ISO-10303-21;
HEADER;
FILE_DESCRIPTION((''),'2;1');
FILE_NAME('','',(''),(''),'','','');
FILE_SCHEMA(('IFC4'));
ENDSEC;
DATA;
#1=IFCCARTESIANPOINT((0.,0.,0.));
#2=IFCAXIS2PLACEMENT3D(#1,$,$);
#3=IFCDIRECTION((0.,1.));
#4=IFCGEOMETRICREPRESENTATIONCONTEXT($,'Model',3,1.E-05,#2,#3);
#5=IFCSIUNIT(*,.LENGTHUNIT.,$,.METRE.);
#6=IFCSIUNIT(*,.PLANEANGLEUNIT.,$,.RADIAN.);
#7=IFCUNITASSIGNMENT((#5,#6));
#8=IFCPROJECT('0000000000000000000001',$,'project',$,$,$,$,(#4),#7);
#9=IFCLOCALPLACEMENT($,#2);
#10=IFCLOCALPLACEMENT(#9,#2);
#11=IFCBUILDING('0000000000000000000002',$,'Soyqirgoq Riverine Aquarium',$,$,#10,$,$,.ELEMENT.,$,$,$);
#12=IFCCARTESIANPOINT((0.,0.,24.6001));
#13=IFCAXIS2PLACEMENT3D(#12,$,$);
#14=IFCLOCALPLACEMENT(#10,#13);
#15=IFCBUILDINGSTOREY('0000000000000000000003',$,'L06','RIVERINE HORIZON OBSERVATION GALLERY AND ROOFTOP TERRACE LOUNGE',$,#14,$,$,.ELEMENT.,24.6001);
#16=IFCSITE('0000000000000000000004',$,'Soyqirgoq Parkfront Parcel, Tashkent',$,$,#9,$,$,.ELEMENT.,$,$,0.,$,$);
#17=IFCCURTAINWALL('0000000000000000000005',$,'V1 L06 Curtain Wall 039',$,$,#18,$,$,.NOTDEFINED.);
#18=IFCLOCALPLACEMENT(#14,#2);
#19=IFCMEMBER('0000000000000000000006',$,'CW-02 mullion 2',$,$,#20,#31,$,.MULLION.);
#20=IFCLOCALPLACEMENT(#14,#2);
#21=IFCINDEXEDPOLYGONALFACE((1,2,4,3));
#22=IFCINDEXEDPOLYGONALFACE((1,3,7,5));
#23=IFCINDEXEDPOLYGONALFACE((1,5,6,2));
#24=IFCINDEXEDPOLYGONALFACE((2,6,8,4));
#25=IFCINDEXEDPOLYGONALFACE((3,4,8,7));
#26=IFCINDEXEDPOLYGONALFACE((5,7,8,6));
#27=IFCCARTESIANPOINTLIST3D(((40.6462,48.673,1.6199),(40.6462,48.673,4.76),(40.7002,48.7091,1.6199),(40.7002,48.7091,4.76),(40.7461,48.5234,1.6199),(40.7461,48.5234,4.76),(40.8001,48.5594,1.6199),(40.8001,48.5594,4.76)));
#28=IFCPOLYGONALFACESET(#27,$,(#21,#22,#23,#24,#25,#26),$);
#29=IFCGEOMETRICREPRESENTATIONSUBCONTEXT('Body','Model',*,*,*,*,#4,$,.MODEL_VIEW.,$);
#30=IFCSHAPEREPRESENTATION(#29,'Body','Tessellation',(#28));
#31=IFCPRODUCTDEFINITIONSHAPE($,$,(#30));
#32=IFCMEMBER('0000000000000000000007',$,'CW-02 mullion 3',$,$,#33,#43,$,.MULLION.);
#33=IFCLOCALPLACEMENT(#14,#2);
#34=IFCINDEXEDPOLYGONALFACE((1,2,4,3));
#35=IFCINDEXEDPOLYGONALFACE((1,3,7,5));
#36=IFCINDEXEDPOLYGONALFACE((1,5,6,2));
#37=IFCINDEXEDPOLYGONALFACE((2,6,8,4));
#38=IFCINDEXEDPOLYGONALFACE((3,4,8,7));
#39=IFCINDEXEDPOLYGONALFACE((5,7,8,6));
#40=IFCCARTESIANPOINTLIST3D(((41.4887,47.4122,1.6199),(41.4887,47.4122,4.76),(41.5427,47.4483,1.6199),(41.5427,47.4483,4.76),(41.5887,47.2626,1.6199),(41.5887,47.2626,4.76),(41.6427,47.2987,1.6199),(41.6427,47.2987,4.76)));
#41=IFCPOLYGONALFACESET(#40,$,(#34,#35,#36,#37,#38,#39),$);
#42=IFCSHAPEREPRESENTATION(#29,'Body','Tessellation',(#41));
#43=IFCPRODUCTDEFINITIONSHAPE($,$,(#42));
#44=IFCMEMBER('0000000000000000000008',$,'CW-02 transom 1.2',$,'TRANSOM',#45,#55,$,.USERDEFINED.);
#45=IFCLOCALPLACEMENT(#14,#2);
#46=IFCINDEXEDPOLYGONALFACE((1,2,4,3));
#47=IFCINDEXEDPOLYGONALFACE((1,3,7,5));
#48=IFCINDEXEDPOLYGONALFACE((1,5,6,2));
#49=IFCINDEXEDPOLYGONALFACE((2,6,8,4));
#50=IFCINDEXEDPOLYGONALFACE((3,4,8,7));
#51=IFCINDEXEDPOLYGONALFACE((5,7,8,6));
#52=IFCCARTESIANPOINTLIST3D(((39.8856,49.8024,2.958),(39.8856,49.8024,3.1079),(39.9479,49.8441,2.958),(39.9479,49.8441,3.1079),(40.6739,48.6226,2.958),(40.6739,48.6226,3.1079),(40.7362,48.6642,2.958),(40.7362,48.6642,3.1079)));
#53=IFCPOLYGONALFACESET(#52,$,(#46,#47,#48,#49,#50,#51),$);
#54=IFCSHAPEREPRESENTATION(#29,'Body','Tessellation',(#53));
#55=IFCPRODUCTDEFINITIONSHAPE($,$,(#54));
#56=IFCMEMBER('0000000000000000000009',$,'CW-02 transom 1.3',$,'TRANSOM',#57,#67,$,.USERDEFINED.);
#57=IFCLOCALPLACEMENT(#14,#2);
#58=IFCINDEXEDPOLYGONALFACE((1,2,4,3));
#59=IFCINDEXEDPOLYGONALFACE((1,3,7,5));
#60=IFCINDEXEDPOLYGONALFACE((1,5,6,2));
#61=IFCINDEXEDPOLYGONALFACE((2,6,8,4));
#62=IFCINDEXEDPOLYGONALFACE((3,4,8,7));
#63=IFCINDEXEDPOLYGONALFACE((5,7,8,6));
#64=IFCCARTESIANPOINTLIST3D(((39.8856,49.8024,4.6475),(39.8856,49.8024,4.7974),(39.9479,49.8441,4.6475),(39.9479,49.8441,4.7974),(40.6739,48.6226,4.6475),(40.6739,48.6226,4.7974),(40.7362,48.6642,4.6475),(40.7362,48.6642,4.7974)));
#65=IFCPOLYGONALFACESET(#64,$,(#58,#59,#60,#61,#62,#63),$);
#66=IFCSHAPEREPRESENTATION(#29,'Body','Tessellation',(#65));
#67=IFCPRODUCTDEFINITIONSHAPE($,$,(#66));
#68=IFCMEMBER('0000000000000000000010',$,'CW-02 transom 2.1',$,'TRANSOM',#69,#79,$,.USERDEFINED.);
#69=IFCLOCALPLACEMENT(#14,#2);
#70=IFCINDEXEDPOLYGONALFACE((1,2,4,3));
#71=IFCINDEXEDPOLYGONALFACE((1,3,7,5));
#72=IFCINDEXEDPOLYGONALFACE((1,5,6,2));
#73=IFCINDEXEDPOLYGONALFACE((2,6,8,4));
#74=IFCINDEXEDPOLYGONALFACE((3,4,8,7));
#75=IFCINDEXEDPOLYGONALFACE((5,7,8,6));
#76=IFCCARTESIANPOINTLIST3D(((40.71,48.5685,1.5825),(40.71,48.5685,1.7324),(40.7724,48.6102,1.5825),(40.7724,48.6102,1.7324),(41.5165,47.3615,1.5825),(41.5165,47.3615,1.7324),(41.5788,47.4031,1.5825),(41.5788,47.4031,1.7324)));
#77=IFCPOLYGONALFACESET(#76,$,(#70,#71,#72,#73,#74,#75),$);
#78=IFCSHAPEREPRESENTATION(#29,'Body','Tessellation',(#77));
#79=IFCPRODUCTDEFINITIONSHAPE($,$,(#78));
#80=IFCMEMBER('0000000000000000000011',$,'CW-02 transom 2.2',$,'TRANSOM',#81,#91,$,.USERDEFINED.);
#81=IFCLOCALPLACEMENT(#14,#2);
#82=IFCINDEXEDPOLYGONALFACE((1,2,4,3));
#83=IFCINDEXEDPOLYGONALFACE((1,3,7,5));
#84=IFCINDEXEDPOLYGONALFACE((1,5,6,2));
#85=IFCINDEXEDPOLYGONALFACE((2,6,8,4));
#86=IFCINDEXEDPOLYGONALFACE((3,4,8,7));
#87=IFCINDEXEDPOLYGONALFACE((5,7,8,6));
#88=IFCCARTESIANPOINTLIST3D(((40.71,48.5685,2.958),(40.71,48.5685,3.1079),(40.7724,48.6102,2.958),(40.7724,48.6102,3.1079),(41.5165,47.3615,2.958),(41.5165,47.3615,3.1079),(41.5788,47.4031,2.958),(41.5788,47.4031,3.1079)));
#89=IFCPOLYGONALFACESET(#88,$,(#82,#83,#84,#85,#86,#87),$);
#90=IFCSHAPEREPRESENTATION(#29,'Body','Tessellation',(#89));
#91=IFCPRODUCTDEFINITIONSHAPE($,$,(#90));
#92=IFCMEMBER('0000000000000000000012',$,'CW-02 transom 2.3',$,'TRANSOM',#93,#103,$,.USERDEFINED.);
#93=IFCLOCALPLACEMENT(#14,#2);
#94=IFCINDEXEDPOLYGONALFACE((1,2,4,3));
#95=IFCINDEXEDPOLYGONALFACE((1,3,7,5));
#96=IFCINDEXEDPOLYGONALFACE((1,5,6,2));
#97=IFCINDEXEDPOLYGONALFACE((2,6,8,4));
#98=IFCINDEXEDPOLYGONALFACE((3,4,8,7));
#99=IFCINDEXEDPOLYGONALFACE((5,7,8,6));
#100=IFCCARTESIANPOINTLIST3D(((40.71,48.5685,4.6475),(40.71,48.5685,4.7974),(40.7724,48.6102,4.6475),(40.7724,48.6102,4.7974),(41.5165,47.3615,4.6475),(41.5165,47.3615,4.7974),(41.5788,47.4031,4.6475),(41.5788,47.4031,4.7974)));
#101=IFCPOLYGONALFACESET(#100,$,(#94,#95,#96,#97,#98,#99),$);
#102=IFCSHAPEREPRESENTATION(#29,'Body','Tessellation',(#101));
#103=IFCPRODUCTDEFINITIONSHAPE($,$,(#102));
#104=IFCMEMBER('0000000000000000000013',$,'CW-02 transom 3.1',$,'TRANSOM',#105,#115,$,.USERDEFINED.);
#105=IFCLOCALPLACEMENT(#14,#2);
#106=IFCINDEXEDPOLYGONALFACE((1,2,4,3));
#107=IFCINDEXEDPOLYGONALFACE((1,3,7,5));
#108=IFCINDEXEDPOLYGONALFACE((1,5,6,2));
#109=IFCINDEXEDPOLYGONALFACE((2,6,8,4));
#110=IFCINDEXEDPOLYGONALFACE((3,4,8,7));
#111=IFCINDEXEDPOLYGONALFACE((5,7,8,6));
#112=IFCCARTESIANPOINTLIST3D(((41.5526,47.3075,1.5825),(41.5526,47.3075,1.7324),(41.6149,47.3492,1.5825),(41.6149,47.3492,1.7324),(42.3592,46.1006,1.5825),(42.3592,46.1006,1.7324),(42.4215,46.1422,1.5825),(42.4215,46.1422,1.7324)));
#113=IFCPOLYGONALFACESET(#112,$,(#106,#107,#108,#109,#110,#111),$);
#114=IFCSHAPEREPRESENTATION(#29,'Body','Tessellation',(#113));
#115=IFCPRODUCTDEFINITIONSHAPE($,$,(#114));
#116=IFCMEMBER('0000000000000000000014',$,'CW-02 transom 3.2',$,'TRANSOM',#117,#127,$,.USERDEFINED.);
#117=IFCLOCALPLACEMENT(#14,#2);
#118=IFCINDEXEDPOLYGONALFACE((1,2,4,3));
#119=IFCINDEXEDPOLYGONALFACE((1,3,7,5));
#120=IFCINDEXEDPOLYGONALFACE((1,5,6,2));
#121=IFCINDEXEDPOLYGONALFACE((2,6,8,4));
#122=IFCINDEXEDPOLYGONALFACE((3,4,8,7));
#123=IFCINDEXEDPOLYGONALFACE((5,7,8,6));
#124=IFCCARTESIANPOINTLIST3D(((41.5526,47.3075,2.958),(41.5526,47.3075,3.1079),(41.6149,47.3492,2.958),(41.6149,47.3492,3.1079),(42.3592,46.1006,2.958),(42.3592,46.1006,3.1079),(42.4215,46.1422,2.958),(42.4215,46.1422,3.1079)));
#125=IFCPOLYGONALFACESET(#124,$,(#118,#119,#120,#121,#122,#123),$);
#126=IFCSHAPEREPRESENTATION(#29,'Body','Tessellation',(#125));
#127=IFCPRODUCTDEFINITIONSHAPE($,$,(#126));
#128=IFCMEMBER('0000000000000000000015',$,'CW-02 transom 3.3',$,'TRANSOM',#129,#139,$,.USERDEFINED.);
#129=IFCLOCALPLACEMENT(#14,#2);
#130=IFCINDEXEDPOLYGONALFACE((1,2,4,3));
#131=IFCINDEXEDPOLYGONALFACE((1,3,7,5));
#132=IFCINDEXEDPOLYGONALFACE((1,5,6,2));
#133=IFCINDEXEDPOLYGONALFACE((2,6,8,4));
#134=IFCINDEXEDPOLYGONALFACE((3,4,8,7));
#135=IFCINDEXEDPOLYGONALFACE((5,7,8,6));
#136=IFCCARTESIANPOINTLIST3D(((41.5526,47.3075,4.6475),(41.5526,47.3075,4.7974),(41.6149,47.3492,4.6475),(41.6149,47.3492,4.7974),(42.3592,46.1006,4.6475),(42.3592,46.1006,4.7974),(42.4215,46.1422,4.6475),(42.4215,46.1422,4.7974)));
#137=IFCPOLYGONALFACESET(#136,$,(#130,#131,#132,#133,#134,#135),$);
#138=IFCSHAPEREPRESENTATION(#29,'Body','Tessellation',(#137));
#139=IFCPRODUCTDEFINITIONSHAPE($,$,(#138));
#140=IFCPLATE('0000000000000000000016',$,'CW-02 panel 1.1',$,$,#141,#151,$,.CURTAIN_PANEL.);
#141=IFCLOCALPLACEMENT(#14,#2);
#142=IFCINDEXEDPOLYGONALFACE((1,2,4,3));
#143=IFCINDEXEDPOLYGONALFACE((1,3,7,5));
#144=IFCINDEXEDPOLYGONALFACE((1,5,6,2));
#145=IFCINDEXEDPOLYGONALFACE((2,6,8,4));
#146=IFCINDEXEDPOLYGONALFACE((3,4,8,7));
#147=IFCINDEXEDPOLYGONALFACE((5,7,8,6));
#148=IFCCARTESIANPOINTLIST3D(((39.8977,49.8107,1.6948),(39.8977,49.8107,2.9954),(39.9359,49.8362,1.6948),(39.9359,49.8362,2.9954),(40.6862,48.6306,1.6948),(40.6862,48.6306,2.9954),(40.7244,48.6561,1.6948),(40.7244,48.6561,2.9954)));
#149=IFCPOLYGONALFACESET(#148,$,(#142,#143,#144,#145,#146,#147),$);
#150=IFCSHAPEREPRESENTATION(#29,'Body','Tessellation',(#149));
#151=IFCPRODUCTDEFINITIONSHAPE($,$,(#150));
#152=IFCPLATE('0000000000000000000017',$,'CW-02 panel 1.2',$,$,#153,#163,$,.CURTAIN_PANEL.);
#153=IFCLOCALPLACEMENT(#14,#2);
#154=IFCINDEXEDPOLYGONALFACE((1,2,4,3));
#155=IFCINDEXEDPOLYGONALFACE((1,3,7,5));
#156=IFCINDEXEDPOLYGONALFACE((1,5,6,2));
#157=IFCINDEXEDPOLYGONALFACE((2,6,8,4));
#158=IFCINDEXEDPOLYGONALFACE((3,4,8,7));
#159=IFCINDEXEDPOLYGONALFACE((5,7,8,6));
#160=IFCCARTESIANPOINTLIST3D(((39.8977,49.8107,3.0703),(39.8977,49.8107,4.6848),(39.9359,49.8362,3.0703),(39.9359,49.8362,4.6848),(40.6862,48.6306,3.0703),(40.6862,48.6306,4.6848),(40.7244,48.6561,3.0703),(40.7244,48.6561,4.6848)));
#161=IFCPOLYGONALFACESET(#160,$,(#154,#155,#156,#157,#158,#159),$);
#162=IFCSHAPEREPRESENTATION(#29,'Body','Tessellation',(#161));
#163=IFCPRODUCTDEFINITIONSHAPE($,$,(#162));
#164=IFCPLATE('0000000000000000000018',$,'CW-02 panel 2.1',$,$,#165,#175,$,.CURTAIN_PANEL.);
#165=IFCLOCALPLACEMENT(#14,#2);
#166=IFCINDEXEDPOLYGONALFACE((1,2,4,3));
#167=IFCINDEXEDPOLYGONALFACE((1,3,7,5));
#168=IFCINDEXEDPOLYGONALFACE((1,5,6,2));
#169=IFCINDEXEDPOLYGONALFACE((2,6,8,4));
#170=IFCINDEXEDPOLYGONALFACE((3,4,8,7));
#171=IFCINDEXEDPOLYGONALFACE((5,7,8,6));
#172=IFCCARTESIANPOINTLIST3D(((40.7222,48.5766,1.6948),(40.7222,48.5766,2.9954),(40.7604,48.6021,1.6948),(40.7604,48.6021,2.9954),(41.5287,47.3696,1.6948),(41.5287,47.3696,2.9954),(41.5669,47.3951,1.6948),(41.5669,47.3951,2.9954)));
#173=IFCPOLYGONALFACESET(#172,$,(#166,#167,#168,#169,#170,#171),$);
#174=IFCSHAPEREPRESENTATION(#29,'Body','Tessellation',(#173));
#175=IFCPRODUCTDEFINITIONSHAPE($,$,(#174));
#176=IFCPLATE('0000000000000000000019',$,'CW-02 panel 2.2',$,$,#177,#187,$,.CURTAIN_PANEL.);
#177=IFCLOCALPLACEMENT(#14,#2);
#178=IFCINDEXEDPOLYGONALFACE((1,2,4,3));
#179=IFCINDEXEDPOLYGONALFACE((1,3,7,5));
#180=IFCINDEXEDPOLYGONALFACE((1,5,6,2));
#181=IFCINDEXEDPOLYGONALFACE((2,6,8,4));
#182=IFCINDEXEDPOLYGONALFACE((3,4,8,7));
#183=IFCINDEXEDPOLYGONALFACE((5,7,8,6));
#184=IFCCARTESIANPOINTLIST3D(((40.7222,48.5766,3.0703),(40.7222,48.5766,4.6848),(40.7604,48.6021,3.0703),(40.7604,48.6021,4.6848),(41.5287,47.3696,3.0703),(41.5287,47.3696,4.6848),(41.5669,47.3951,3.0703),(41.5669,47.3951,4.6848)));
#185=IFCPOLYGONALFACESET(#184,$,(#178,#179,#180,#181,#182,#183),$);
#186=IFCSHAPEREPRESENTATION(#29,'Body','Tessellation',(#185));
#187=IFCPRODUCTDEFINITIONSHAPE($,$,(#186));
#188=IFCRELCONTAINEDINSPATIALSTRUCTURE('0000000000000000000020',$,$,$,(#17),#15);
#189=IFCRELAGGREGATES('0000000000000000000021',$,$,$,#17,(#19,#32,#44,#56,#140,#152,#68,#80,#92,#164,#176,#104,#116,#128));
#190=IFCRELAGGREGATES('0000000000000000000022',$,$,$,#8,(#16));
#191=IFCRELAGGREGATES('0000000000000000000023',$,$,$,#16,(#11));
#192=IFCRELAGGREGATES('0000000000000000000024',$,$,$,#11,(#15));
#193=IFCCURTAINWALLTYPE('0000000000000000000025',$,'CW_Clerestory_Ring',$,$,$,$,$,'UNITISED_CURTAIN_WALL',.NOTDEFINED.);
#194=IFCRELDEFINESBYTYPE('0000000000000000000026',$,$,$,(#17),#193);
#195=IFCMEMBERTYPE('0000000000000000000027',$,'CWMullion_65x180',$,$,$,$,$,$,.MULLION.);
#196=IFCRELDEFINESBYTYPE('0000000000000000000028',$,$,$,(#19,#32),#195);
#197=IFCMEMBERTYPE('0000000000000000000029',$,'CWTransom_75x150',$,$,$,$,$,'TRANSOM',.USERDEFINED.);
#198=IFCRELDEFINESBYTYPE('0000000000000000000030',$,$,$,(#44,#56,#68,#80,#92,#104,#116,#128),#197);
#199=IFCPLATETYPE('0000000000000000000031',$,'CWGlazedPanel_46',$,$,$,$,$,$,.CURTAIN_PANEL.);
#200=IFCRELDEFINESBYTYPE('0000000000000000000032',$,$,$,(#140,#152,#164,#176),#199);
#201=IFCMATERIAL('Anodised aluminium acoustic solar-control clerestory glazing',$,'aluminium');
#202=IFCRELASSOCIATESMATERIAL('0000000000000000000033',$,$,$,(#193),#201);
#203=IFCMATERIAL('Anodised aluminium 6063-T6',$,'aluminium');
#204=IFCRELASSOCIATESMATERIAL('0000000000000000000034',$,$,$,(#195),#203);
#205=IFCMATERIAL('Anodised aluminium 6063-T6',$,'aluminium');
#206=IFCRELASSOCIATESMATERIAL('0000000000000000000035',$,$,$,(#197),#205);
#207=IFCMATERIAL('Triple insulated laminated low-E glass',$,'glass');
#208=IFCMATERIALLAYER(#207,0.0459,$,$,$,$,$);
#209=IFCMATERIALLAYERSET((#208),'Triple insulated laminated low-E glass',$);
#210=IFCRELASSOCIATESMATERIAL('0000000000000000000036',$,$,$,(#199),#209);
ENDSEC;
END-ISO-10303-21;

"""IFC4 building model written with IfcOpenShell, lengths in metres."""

from ifc_helpers import new_model, si_unit, direction, frame, origin, origin_2d, place, context, subcontext, project, spatial, rectangle, extrude, material, layer, layer_set, material_profile, profile_set, type_object, element, aggregate, save


model = new_model("IFC4")

# Units and contexts
model_context = context("Model", 3, precision=1e-05, world=origin(), true_north=direction((0.0, 1.0)))
body_context = subcontext(model_context, "Body", "Model", "MODEL_VIEW")
ifc_project = project(units=[si_unit("LENGTHUNIT", "METRE"), si_unit("PLANEANGLEUNIT", "RADIAN")], contexts=[model_context])

# Site, building, storey
site_placement = place(None, origin())
site = spatial("IfcSite", under=ifc_project, at=site_placement, Name="Soyqirgoq Parkfront Parcel, Tashkent", CompositionType="ELEMENT", RefElevation=0.0)
building_placement = place(site_placement, origin())
building = spatial("IfcBuilding", under=site, at=building_placement, Name="Soyqirgoq Riverine Aquarium", CompositionType="ELEMENT")
storey_placement = place(building_placement, frame((0.0, 0.0, 24.6001)))
storey = spatial("IfcBuildingStorey", under=building, at=storey_placement, Name="L06", Description="RIVERINE HORIZON OBSERVATION GALLERY AND ROOFTOP TERRACE LOUNGE", CompositionType="ELEMENT", Elevation=24.6001)

# Curtain wall, members, plates
ifc_material_1 = material(Name="Anodised aluminium acoustic solar-control clerestory glazing", Category="aluminium")
curtain_wall_type = type_object("IfcCurtainWallType", Name="CW_Clerestory_Ring", ElementType="UNITISED_CURTAIN_WALL", PredefinedType="NOTDEFINED", material=ifc_material_1)
curtain_wall_placement = place(storey_placement, origin())
curtain_wall = element("IfcCurtainWall", 1, at=curtain_wall_placement, inside=storey, type_object=curtain_wall_type, Name="V1 L06 Curtain Wall 039", PredefinedType="NOTDEFINED")
ifc_material_2 = material(Name="Anodised aluminium 6063-T6", Category="aluminium")
ifc_material_profile_1 = material_profile(ifc_material_2, rectangle(XDim=0.0649, YDim=0.1799, at=origin_2d()), Name="ALU-M 65x180")
ifc_profile_set_1 = profile_set([ifc_material_profile_1], Name="Anodised aluminium 6063-T6")
member_type_1 = type_object("IfcMemberType", Name="CWMullion_65x180", PredefinedType="MULLION", material=ifc_profile_set_1)
member_1_placement = place(storey_placement, frame((40.7231, 48.6162, 1.6199), z_axis=(0.0, 0.0, 1.0), x_axis=(0.831464, 0.555579, 0.0)))
member_1 = element("IfcMember", 2, at=member_1_placement, type_object=member_type_1, Name="CW-02 mullion 2", PredefinedType="MULLION", context=body_context, shape_type="SweptSolid", body=[
    extrude(rectangle(XDim=0.0649, YDim=0.1799, at=origin_2d()), origin(), (0.0, 0.0, 1.0), 3.1401),
])
member_2_placement = place(storey_placement, frame((41.5657, 47.3555, 1.6199), z_axis=(0.0, 0.0, 1.0), x_axis=(0.831464, 0.555579, 0.0)))
member_2 = element("IfcMember", 3, at=member_2_placement, type_object=member_type_1, Name="CW-02 mullion 3", PredefinedType="MULLION", context=body_context, shape_type="SweptSolid", body=[
    extrude(rectangle(XDim=0.0649, YDim=0.1799, at=origin_2d()), origin(), (0.0, 0.0, 1.0), 3.1401),
])
ifc_material_3 = material(Name="Anodised aluminium 6063-T6", Category="aluminium")
ifc_material_profile_2 = material_profile(ifc_material_3, rectangle(XDim=0.075, YDim=0.1499, at=origin_2d()), Name="ALU-T 75x150")
ifc_profile_set_2 = profile_set([ifc_material_profile_2], Name="Anodised aluminium 6063-T6")
member_type_2 = type_object("IfcMemberType", Name="CWTransom_75x150", ElementType="TRANSOM", PredefinedType="USERDEFINED", material=ifc_profile_set_2)
member_3_placement = place(storey_placement, frame((39.9167, 49.8232, 3.033), z_axis=(0.555534, -0.831494, 0.0), x_axis=(0.831494, 0.555534, 0.0)))
member_3 = element("IfcMember", 4, at=member_3_placement, type_object=member_type_2, Name="CW-02 transom 1.2", ObjectType="TRANSOM", PredefinedType="USERDEFINED", context=body_context, shape_type="SweptSolid", body=[
    extrude(rectangle(XDim=0.075, YDim=0.1499, at=origin_2d()), origin(), (0.0, 0.0, 1.0), 1.4189),
])
member_4_placement = place(storey_placement, frame((39.9167, 49.8232, 4.7224), z_axis=(0.555534, -0.831494, 0.0), x_axis=(0.831494, 0.555534, 0.0)))
member_4 = element("IfcMember", 5, at=member_4_placement, type_object=member_type_2, Name="CW-02 transom 1.3", ObjectType="TRANSOM", PredefinedType="USERDEFINED", context=body_context, shape_type="SweptSolid", body=[
    extrude(rectangle(XDim=0.075, YDim=0.1499, at=origin_2d()), origin(), (0.0, 0.0, 1.0), 1.4189),
])
member_5_placement = place(storey_placement, frame((40.7412, 48.5894, 1.6575), z_axis=(0.555515, -0.831507, 0.0), x_axis=(0.831507, 0.555515, 0.0)))
member_5 = element("IfcMember", 6, at=member_5_placement, type_object=member_type_2, Name="CW-02 transom 2.1", ObjectType="TRANSOM", PredefinedType="USERDEFINED", context=body_context, shape_type="SweptSolid", body=[
    extrude(rectangle(XDim=0.075, YDim=0.1499, at=origin_2d()), origin(), (0.0, 0.0, 1.0), 1.4517),
])
member_6_placement = place(storey_placement, frame((40.7412, 48.5894, 3.033), z_axis=(0.555515, -0.831507, 0.0), x_axis=(0.831507, 0.555515, 0.0)))
member_6 = element("IfcMember", 7, at=member_6_placement, type_object=member_type_2, Name="CW-02 transom 2.2", ObjectType="TRANSOM", PredefinedType="USERDEFINED", context=body_context, shape_type="SweptSolid", body=[
    extrude(rectangle(XDim=0.075, YDim=0.1499, at=origin_2d()), origin(), (0.0, 0.0, 1.0), 1.4517),
])
member_7_placement = place(storey_placement, frame((40.7412, 48.5894, 4.7224), z_axis=(0.555515, -0.831507, 0.0), x_axis=(0.831507, 0.555515, 0.0)))
member_7 = element("IfcMember", 8, at=member_7_placement, type_object=member_type_2, Name="CW-02 transom 2.3", ObjectType="TRANSOM", PredefinedType="USERDEFINED", context=body_context, shape_type="SweptSolid", body=[
    extrude(rectangle(XDim=0.075, YDim=0.1499, at=origin_2d()), origin(), (0.0, 0.0, 1.0), 1.4517),
])
member_8_placement = place(storey_placement, frame((41.5837, 47.3284, 1.6575), z_axis=(0.555631, -0.831429, 0.0), x_axis=(0.831429, 0.555631, 0.0)))
member_8 = element("IfcMember", 9, at=member_8_placement, type_object=member_type_2, Name="CW-02 transom 3.1", ObjectType="TRANSOM", PredefinedType="USERDEFINED", context=body_context, shape_type="SweptSolid", body=[
    extrude(rectangle(XDim=0.075, YDim=0.1499, at=origin_2d()), origin(), (0.0, 0.0, 1.0), 1.4517),
])
member_9_placement = place(storey_placement, frame((41.5837, 47.3284, 3.033), z_axis=(0.555631, -0.831429, 0.0), x_axis=(0.831429, 0.555631, 0.0)))
member_9 = element("IfcMember", 10, at=member_9_placement, type_object=member_type_2, Name="CW-02 transom 3.2", ObjectType="TRANSOM", PredefinedType="USERDEFINED", context=body_context, shape_type="SweptSolid", body=[
    extrude(rectangle(XDim=0.075, YDim=0.1499, at=origin_2d()), origin(), (0.0, 0.0, 1.0), 1.4517),
])
member_10_placement = place(storey_placement, frame((41.5837, 47.3284, 4.7224), z_axis=(0.555631, -0.831429, 0.0), x_axis=(0.831429, 0.555631, 0.0)))
member_10 = element("IfcMember", 11, at=member_10_placement, type_object=member_type_2, Name="CW-02 transom 3.3", ObjectType="TRANSOM", PredefinedType="USERDEFINED", context=body_context, shape_type="SweptSolid", body=[
    extrude(rectangle(XDim=0.075, YDim=0.1499, at=origin_2d()), origin(), (0.0, 0.0, 1.0), 1.4517),
])
ifc_material_4 = material(Name="Triple insulated laminated low-E glass", Category="glass")
ifc_layer_1 = layer(ifc_material_4, 0.0459)
ifc_layer_set_1 = layer_set([ifc_layer_1], Name="Triple insulated laminated low-E glass")
plate_type = type_object("IfcPlateType", Name="CWGlazedPanel_46", PredefinedType="CURTAIN_PANEL", material=ifc_layer_set_1)
plate_1_placement = place(storey_placement, frame((40.311, 49.2334, 1.6948), z_axis=(0.0, 0.0, 1.0), x_axis=(0.555579, -0.831464, 0.0)))
plate_1 = element("IfcPlate", 12, at=plate_1_placement, type_object=plate_type, Name="CW-02 panel 1.1", PredefinedType="CURTAIN_PANEL", context=body_context, shape_type="SweptSolid", body=[
    extrude(rectangle(XDim=1.4192, YDim=0.0459, at=origin_2d()), origin(), (0.0, 0.0, 1.0), 1.3005),
])
plate_2_placement = place(storey_placement, frame((40.311, 49.2334, 3.0703), z_axis=(0.0, 0.0, 1.0), x_axis=(0.555579, -0.831464, 0.0)))
plate_2 = element("IfcPlate", 13, at=plate_2_placement, type_object=plate_type, Name="CW-02 panel 1.2", PredefinedType="CURTAIN_PANEL", context=body_context, shape_type="SweptSolid", body=[
    extrude(rectangle(XDim=1.4192, YDim=0.0459, at=origin_2d()), origin(), (0.0, 0.0, 1.0), 1.6145),
])
plate_3_placement = place(storey_placement, frame((41.1445, 47.9858, 1.6948), z_axis=(0.0, 0.0, 1.0), x_axis=(0.555579, -0.831464, 0.0)))
plate_3 = element("IfcPlate", 14, at=plate_3_placement, type_object=plate_type, Name="CW-02 panel 2.1", PredefinedType="CURTAIN_PANEL", context=body_context, shape_type="SweptSolid", body=[
    extrude(rectangle(XDim=1.4517, YDim=0.0459, at=origin_2d()), origin(), (0.0, 0.0, 1.0), 1.3005),
])
plate_4_placement = place(storey_placement, frame((41.1445, 47.9858, 3.0703), z_axis=(0.0, 0.0, 1.0), x_axis=(0.555579, -0.831464, 0.0)))
plate_4 = element("IfcPlate", 15, at=plate_4_placement, type_object=plate_type, Name="CW-02 panel 2.2", PredefinedType="CURTAIN_PANEL", context=body_context, shape_type="SweptSolid", body=[
    extrude(rectangle(XDim=1.4517, YDim=0.0459, at=origin_2d()), origin(), (0.0, 0.0, 1.0), 1.6145),
])
aggregate(curtain_wall, [member_1, member_2, member_3, member_4, plate_1, plate_2, member_5, member_6, member_7, plate_3, plate_4, member_8, member_9, member_10])

save(model, "model.ifc")
